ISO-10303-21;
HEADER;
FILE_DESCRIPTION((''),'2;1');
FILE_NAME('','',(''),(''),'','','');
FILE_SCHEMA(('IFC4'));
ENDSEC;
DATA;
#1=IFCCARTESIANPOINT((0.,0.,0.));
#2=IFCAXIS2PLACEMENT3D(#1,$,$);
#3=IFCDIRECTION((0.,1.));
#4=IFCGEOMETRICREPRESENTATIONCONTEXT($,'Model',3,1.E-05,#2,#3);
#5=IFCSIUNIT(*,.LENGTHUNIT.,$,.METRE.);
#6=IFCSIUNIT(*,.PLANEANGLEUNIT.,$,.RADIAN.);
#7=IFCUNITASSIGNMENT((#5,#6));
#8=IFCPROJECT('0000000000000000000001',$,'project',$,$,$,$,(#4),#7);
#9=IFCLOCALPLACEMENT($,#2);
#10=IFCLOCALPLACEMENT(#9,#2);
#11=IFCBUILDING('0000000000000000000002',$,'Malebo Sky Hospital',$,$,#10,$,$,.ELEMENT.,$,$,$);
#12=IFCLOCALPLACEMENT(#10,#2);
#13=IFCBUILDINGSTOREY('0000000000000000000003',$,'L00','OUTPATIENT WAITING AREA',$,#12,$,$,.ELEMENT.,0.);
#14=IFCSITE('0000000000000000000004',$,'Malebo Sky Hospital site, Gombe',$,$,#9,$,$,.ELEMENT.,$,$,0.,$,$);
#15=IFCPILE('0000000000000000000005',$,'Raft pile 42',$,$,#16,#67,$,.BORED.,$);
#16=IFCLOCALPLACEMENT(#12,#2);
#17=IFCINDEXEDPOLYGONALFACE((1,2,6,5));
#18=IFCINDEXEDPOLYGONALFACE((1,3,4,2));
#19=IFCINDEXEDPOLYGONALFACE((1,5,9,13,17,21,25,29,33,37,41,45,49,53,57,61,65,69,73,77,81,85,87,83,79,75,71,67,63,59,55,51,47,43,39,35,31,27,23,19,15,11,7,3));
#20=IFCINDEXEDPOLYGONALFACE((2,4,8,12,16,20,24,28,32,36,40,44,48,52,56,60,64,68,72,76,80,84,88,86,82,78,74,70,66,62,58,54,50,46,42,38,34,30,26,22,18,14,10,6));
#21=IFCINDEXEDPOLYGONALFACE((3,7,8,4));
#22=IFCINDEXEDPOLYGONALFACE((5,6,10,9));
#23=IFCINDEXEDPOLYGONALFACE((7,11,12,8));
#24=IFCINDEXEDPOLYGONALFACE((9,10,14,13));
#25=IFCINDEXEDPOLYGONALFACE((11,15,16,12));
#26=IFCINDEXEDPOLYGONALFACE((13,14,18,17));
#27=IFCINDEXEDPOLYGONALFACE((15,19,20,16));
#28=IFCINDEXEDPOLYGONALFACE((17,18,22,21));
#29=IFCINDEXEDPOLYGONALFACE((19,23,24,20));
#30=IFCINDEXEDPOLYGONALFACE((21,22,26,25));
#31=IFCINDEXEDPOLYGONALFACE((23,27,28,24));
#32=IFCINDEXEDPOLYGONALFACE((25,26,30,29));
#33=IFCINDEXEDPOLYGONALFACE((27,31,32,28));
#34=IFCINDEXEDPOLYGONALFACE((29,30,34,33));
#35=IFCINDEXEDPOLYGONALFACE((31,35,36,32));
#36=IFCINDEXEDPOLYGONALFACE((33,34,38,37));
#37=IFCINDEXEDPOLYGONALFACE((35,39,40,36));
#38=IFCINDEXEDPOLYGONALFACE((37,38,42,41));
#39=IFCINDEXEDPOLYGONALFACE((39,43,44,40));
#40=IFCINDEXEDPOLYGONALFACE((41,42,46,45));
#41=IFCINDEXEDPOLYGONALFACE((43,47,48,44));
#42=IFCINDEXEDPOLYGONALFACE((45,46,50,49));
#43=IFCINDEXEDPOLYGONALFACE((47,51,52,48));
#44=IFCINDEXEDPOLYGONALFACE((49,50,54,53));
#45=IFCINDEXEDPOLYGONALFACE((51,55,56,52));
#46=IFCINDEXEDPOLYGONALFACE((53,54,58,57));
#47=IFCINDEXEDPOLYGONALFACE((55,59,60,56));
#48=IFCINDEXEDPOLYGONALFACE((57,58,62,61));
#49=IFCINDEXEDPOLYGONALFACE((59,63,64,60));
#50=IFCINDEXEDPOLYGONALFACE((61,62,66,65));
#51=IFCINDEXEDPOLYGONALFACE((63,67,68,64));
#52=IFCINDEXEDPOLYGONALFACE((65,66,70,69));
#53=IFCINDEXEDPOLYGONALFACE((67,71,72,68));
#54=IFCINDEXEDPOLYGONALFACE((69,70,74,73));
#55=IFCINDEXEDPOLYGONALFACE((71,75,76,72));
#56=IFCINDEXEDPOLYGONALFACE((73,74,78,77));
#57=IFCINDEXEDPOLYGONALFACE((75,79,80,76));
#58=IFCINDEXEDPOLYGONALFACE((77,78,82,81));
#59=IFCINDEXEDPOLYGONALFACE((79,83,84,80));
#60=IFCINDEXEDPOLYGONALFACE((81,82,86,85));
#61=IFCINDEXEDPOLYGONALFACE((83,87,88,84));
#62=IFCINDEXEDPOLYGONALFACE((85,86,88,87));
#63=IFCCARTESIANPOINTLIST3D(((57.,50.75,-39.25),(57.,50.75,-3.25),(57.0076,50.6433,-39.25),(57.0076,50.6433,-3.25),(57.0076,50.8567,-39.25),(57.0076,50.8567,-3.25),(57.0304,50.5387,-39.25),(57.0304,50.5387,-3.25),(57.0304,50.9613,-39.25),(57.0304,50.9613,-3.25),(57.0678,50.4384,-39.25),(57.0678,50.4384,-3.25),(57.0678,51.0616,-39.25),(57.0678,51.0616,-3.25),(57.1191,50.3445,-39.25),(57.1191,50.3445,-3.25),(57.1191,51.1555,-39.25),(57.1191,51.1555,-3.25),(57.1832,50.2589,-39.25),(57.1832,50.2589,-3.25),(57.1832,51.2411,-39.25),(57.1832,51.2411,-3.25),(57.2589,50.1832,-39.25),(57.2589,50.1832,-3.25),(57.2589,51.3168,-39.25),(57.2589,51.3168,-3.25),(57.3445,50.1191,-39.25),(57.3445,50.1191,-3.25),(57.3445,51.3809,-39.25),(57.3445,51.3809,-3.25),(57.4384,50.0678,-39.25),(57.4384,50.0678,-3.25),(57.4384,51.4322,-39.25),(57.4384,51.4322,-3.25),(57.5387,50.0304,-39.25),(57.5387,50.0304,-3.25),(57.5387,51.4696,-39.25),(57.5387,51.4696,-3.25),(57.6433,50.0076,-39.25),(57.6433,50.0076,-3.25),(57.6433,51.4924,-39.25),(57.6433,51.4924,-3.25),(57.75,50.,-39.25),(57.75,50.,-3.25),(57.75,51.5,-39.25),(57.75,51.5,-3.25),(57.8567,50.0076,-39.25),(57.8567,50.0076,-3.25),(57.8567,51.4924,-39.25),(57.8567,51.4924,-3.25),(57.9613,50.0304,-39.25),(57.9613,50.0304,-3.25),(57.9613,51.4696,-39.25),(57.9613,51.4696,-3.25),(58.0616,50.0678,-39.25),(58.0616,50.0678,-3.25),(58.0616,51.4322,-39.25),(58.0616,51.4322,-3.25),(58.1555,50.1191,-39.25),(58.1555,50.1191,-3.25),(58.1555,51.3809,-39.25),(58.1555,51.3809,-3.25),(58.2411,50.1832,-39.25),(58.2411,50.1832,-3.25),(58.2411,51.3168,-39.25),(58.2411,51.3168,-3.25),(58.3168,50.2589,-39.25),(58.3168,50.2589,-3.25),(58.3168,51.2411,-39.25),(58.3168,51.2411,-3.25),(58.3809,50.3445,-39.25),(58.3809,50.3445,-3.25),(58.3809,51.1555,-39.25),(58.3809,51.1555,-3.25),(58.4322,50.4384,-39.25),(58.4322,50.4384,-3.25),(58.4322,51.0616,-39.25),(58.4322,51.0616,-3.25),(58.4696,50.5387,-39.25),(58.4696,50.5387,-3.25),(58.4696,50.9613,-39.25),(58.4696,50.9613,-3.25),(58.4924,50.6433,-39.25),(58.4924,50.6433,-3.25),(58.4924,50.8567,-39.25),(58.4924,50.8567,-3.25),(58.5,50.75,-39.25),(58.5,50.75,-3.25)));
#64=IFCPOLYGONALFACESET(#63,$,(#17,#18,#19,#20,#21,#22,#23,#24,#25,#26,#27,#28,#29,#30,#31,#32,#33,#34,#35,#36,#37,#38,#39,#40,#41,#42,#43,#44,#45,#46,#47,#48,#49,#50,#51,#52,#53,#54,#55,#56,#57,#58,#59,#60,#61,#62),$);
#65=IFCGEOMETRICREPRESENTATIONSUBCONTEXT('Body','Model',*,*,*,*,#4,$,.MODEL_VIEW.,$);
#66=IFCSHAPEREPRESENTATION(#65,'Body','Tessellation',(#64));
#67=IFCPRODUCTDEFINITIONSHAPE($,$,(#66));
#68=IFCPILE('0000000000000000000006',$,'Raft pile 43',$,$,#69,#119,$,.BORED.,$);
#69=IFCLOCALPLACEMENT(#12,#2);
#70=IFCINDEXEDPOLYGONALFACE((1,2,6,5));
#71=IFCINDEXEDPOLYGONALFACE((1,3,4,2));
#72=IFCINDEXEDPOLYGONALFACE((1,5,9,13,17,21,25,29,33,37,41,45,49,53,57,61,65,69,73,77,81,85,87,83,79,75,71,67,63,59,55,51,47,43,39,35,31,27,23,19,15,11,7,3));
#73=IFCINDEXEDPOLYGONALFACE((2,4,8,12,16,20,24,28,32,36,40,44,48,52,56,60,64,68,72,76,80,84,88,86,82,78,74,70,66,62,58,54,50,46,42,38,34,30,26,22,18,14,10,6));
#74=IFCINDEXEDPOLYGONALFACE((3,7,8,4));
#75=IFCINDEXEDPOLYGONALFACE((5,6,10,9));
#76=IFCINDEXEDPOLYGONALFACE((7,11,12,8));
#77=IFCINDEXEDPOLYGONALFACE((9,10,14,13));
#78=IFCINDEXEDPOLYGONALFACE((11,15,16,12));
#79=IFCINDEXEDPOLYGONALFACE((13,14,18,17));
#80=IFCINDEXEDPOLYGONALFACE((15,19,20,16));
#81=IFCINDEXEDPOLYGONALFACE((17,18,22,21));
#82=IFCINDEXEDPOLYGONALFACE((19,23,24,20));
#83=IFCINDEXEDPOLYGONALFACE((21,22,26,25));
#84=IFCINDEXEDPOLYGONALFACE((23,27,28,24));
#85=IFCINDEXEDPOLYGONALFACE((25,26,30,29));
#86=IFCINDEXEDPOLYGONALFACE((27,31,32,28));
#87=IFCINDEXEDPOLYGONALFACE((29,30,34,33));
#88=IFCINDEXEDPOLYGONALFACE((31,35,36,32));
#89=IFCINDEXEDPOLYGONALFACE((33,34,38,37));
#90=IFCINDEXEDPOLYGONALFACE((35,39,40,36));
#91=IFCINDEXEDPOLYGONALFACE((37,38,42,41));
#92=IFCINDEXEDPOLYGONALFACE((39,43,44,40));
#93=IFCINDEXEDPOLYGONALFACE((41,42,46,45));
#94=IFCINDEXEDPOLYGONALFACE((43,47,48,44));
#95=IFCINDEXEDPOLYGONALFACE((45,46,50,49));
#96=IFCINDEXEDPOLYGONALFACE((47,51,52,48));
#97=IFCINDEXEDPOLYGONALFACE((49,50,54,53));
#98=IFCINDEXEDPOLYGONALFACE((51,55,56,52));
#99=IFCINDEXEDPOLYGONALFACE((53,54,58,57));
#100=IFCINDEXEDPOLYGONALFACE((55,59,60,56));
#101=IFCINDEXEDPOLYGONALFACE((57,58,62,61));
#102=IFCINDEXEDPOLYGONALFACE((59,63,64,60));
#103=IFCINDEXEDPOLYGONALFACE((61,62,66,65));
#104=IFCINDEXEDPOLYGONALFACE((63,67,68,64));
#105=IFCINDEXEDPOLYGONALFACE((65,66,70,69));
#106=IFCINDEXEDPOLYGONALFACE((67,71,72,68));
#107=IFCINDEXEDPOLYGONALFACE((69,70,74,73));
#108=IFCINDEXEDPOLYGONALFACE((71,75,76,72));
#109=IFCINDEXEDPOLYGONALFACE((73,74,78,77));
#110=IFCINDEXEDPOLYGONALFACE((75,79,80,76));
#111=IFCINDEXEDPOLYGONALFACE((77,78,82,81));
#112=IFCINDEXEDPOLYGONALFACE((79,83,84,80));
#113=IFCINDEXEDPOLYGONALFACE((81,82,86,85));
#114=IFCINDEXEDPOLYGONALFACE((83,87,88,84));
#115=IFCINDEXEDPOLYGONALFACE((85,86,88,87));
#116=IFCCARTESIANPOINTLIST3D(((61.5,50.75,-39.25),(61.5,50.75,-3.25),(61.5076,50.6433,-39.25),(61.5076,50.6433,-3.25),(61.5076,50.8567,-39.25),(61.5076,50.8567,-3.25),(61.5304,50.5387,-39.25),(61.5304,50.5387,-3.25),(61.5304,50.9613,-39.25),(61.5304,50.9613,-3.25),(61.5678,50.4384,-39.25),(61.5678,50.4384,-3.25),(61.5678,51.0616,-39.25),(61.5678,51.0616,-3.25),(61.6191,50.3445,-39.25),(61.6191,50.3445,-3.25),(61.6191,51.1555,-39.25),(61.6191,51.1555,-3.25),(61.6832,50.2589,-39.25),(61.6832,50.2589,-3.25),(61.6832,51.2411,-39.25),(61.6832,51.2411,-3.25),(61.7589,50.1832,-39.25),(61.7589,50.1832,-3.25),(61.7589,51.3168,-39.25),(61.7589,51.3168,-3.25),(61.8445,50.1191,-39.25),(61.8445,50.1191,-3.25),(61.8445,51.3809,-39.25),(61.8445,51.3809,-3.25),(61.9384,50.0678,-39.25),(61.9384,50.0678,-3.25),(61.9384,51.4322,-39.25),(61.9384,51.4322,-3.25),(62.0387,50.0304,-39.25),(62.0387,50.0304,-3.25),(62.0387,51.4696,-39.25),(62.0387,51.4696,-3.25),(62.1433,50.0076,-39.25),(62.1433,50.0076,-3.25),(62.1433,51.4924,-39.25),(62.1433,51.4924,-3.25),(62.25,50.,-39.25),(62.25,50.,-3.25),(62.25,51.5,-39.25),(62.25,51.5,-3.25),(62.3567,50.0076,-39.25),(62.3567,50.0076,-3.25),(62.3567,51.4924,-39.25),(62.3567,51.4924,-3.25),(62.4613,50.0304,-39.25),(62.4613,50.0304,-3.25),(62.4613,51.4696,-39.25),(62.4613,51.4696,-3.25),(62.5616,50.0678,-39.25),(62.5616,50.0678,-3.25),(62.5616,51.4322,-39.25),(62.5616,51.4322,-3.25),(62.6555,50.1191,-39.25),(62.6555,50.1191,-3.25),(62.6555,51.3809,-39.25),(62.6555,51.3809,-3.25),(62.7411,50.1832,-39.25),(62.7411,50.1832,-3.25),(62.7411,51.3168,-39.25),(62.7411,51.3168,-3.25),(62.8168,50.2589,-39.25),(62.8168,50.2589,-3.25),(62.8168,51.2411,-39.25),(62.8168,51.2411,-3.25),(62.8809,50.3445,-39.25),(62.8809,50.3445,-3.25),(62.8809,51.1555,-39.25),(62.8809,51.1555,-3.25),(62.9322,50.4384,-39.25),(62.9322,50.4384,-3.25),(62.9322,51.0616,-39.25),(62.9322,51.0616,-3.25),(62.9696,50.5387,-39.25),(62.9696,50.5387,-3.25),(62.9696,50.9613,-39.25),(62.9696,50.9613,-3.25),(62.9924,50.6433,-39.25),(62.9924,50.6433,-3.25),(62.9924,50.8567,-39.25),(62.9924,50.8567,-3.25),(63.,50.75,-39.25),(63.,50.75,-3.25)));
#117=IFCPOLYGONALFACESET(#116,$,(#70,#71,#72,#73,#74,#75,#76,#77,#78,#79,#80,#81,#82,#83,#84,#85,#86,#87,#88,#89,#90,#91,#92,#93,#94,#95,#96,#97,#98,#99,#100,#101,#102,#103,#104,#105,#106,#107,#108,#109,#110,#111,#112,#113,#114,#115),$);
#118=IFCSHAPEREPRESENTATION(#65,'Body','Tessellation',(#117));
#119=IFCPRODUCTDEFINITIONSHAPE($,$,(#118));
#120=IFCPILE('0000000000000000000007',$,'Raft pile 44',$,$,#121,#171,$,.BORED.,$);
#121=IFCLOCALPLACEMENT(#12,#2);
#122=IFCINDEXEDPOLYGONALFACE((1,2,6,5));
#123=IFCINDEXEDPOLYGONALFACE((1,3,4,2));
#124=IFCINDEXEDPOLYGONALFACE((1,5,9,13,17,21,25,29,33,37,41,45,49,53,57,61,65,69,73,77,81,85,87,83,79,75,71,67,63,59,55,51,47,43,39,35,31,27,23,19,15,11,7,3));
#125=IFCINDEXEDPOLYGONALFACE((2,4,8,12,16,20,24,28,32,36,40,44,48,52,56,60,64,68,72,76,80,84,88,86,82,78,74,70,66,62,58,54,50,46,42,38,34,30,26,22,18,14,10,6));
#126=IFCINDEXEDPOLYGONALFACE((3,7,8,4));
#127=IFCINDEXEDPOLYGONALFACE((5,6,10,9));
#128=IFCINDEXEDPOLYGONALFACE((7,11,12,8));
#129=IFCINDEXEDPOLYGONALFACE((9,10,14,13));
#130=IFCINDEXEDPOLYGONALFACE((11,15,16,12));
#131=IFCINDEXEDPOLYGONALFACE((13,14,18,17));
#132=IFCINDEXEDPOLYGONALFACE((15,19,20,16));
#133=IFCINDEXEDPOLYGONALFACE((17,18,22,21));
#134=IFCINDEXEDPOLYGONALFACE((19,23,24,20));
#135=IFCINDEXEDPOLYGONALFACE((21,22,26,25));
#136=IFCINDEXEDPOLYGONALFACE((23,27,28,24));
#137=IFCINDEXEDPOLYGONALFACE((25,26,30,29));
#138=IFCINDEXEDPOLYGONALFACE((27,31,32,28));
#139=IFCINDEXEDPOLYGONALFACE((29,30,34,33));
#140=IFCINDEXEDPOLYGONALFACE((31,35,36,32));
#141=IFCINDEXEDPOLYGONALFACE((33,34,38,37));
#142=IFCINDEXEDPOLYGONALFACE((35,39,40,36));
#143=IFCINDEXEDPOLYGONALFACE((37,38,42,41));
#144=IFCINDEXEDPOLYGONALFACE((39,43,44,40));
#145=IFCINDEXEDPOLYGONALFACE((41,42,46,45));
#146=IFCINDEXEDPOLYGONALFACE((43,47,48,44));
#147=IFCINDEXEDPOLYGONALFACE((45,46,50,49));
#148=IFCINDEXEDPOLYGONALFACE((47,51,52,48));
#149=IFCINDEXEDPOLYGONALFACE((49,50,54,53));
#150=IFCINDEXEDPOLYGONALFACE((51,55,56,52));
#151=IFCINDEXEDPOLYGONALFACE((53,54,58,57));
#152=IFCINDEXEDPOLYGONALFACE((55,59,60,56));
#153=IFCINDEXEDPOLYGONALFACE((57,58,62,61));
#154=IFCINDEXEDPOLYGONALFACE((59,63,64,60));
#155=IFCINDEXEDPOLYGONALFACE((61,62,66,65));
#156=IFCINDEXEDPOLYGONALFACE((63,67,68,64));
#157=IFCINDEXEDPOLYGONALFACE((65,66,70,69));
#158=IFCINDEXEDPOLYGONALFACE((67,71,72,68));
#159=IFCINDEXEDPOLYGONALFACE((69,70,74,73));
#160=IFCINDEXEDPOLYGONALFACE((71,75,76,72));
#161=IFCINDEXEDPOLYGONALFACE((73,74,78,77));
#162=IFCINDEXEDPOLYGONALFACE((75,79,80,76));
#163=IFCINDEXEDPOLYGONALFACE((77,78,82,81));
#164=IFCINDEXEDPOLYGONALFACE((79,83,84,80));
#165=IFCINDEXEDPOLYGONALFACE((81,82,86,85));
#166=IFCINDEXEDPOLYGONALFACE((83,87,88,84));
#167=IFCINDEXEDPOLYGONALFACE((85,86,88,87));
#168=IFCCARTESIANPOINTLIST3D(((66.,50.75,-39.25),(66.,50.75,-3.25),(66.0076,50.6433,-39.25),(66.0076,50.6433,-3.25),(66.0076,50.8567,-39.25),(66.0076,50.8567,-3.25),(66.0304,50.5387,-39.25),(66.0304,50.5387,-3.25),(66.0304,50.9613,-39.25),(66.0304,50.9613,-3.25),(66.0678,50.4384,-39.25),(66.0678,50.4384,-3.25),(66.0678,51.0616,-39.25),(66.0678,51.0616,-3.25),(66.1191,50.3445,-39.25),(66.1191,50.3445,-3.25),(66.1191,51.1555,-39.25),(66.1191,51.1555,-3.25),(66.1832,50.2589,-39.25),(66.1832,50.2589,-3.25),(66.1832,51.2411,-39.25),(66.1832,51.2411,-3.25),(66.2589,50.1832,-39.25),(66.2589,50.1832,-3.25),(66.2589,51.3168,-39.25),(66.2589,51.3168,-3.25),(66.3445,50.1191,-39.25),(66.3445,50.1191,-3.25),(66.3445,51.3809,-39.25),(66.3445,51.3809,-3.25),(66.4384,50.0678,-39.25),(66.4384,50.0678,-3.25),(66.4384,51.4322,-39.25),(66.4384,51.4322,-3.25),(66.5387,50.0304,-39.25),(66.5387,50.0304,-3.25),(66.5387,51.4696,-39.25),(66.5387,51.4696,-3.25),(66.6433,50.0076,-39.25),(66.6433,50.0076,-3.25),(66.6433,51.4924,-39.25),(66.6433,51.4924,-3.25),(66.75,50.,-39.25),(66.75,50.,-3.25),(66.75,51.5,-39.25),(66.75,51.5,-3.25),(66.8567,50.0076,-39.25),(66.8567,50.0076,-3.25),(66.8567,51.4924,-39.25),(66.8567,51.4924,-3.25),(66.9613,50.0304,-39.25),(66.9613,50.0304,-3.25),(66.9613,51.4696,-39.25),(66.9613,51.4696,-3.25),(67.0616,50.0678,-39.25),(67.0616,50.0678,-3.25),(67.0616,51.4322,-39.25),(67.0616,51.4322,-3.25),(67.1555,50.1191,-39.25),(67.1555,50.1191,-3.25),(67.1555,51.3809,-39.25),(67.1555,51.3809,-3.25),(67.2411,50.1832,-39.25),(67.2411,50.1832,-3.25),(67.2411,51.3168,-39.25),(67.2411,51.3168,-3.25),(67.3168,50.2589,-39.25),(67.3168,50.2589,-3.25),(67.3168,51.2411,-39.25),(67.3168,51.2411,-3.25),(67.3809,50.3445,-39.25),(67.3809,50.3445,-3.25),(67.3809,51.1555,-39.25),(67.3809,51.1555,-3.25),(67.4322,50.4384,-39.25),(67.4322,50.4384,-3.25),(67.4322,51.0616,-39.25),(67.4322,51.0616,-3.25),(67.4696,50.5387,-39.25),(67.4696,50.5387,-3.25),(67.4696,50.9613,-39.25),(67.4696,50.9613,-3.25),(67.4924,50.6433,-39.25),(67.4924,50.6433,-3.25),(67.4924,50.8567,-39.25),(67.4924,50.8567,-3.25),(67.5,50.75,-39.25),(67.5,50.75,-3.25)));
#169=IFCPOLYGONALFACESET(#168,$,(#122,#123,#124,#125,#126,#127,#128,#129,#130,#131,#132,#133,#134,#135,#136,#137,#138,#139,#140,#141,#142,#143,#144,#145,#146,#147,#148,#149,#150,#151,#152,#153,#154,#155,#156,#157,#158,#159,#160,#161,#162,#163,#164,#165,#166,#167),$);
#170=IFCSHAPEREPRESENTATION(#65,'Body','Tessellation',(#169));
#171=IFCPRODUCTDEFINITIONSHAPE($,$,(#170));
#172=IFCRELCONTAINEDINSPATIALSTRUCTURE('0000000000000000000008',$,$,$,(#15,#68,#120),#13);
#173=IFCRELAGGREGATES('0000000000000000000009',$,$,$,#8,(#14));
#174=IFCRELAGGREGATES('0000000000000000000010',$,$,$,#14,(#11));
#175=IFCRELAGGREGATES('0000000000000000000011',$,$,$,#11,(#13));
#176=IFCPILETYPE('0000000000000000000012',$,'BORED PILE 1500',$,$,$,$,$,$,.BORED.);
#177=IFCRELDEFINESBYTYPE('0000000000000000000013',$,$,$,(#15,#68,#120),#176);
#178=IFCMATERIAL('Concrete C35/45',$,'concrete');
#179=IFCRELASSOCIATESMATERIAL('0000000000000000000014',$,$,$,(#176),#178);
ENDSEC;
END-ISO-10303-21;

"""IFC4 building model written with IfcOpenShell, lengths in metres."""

from ifc_helpers import new_model, si_unit, direction, frame, origin, origin_2d, place, context, subcontext, project, spatial, circle, extrude, material, material_profile, profile_set, type_object, element, save


model = new_model("IFC4")

# Units and contexts
model_context = context("Model", 3, precision=1e-05, world=origin(), true_north=direction((0.0, 1.0)))
body_context = subcontext(model_context, "Body", "Model", "MODEL_VIEW")
ifc_project = project(units=[si_unit("LENGTHUNIT", "METRE"), si_unit("PLANEANGLEUNIT", "RADIAN")], contexts=[model_context])

# Site, building, storey
site_placement = place(None, origin())
site = spatial("IfcSite", under=ifc_project, at=site_placement, Name="Malebo Sky Hospital site, Gombe", CompositionType="ELEMENT", RefElevation=0.0)
building_placement = place(site_placement, origin())
building = spatial("IfcBuilding", under=site, at=building_placement, Name="Malebo Sky Hospital", CompositionType="ELEMENT")
storey_placement = place(building_placement, origin())
storey = spatial("IfcBuildingStorey", under=building, at=storey_placement, Name="L00", Description="OUTPATIENT WAITING AREA", CompositionType="ELEMENT", Elevation=0.0)

# Piles
ifc_material_1 = material(Name="Concrete C35/45", Category="concrete")
ifc_material_profile = material_profile(ifc_material_1, circle(Radius=0.75, at=origin_2d()), Name="BP 1500")
ifc_profile_set = profile_set([ifc_material_profile], Name="Concrete C35/45")
pile_type = type_object("IfcPileType", Name="BORED PILE 1500", PredefinedType="BORED", material=ifc_profile_set)
for number, where, z_axis, x_axis, name in (
    (1, (57.75, 50.75, -3.25), (0.0, 0.0, -1.0), (1.0, 0.0, 0.0), "Raft pile 42"),
    (2, (62.25, 50.75, -3.25), (0.0, 0.0, -1.0), (1.0, 0.0, 0.0), "Raft pile 43"),
    (3, (66.75, 50.75, -3.25), (0.0, 0.0, -1.0), (1.0, 0.0, 0.0), "Raft pile 44"),
):
    element("IfcPile", number, at=place(storey_placement, frame(where, z_axis=z_axis, x_axis=x_axis)), inside=storey, type_object=pile_type, Name=name, PredefinedType="BORED", context=body_context, shape_type="SweptSolid", body=[
        extrude(circle(Radius=0.75, at=origin_2d()), origin(), (0.0, 0.0, 1.0), 36.0),
    ])

save(model, "model.ifc")
